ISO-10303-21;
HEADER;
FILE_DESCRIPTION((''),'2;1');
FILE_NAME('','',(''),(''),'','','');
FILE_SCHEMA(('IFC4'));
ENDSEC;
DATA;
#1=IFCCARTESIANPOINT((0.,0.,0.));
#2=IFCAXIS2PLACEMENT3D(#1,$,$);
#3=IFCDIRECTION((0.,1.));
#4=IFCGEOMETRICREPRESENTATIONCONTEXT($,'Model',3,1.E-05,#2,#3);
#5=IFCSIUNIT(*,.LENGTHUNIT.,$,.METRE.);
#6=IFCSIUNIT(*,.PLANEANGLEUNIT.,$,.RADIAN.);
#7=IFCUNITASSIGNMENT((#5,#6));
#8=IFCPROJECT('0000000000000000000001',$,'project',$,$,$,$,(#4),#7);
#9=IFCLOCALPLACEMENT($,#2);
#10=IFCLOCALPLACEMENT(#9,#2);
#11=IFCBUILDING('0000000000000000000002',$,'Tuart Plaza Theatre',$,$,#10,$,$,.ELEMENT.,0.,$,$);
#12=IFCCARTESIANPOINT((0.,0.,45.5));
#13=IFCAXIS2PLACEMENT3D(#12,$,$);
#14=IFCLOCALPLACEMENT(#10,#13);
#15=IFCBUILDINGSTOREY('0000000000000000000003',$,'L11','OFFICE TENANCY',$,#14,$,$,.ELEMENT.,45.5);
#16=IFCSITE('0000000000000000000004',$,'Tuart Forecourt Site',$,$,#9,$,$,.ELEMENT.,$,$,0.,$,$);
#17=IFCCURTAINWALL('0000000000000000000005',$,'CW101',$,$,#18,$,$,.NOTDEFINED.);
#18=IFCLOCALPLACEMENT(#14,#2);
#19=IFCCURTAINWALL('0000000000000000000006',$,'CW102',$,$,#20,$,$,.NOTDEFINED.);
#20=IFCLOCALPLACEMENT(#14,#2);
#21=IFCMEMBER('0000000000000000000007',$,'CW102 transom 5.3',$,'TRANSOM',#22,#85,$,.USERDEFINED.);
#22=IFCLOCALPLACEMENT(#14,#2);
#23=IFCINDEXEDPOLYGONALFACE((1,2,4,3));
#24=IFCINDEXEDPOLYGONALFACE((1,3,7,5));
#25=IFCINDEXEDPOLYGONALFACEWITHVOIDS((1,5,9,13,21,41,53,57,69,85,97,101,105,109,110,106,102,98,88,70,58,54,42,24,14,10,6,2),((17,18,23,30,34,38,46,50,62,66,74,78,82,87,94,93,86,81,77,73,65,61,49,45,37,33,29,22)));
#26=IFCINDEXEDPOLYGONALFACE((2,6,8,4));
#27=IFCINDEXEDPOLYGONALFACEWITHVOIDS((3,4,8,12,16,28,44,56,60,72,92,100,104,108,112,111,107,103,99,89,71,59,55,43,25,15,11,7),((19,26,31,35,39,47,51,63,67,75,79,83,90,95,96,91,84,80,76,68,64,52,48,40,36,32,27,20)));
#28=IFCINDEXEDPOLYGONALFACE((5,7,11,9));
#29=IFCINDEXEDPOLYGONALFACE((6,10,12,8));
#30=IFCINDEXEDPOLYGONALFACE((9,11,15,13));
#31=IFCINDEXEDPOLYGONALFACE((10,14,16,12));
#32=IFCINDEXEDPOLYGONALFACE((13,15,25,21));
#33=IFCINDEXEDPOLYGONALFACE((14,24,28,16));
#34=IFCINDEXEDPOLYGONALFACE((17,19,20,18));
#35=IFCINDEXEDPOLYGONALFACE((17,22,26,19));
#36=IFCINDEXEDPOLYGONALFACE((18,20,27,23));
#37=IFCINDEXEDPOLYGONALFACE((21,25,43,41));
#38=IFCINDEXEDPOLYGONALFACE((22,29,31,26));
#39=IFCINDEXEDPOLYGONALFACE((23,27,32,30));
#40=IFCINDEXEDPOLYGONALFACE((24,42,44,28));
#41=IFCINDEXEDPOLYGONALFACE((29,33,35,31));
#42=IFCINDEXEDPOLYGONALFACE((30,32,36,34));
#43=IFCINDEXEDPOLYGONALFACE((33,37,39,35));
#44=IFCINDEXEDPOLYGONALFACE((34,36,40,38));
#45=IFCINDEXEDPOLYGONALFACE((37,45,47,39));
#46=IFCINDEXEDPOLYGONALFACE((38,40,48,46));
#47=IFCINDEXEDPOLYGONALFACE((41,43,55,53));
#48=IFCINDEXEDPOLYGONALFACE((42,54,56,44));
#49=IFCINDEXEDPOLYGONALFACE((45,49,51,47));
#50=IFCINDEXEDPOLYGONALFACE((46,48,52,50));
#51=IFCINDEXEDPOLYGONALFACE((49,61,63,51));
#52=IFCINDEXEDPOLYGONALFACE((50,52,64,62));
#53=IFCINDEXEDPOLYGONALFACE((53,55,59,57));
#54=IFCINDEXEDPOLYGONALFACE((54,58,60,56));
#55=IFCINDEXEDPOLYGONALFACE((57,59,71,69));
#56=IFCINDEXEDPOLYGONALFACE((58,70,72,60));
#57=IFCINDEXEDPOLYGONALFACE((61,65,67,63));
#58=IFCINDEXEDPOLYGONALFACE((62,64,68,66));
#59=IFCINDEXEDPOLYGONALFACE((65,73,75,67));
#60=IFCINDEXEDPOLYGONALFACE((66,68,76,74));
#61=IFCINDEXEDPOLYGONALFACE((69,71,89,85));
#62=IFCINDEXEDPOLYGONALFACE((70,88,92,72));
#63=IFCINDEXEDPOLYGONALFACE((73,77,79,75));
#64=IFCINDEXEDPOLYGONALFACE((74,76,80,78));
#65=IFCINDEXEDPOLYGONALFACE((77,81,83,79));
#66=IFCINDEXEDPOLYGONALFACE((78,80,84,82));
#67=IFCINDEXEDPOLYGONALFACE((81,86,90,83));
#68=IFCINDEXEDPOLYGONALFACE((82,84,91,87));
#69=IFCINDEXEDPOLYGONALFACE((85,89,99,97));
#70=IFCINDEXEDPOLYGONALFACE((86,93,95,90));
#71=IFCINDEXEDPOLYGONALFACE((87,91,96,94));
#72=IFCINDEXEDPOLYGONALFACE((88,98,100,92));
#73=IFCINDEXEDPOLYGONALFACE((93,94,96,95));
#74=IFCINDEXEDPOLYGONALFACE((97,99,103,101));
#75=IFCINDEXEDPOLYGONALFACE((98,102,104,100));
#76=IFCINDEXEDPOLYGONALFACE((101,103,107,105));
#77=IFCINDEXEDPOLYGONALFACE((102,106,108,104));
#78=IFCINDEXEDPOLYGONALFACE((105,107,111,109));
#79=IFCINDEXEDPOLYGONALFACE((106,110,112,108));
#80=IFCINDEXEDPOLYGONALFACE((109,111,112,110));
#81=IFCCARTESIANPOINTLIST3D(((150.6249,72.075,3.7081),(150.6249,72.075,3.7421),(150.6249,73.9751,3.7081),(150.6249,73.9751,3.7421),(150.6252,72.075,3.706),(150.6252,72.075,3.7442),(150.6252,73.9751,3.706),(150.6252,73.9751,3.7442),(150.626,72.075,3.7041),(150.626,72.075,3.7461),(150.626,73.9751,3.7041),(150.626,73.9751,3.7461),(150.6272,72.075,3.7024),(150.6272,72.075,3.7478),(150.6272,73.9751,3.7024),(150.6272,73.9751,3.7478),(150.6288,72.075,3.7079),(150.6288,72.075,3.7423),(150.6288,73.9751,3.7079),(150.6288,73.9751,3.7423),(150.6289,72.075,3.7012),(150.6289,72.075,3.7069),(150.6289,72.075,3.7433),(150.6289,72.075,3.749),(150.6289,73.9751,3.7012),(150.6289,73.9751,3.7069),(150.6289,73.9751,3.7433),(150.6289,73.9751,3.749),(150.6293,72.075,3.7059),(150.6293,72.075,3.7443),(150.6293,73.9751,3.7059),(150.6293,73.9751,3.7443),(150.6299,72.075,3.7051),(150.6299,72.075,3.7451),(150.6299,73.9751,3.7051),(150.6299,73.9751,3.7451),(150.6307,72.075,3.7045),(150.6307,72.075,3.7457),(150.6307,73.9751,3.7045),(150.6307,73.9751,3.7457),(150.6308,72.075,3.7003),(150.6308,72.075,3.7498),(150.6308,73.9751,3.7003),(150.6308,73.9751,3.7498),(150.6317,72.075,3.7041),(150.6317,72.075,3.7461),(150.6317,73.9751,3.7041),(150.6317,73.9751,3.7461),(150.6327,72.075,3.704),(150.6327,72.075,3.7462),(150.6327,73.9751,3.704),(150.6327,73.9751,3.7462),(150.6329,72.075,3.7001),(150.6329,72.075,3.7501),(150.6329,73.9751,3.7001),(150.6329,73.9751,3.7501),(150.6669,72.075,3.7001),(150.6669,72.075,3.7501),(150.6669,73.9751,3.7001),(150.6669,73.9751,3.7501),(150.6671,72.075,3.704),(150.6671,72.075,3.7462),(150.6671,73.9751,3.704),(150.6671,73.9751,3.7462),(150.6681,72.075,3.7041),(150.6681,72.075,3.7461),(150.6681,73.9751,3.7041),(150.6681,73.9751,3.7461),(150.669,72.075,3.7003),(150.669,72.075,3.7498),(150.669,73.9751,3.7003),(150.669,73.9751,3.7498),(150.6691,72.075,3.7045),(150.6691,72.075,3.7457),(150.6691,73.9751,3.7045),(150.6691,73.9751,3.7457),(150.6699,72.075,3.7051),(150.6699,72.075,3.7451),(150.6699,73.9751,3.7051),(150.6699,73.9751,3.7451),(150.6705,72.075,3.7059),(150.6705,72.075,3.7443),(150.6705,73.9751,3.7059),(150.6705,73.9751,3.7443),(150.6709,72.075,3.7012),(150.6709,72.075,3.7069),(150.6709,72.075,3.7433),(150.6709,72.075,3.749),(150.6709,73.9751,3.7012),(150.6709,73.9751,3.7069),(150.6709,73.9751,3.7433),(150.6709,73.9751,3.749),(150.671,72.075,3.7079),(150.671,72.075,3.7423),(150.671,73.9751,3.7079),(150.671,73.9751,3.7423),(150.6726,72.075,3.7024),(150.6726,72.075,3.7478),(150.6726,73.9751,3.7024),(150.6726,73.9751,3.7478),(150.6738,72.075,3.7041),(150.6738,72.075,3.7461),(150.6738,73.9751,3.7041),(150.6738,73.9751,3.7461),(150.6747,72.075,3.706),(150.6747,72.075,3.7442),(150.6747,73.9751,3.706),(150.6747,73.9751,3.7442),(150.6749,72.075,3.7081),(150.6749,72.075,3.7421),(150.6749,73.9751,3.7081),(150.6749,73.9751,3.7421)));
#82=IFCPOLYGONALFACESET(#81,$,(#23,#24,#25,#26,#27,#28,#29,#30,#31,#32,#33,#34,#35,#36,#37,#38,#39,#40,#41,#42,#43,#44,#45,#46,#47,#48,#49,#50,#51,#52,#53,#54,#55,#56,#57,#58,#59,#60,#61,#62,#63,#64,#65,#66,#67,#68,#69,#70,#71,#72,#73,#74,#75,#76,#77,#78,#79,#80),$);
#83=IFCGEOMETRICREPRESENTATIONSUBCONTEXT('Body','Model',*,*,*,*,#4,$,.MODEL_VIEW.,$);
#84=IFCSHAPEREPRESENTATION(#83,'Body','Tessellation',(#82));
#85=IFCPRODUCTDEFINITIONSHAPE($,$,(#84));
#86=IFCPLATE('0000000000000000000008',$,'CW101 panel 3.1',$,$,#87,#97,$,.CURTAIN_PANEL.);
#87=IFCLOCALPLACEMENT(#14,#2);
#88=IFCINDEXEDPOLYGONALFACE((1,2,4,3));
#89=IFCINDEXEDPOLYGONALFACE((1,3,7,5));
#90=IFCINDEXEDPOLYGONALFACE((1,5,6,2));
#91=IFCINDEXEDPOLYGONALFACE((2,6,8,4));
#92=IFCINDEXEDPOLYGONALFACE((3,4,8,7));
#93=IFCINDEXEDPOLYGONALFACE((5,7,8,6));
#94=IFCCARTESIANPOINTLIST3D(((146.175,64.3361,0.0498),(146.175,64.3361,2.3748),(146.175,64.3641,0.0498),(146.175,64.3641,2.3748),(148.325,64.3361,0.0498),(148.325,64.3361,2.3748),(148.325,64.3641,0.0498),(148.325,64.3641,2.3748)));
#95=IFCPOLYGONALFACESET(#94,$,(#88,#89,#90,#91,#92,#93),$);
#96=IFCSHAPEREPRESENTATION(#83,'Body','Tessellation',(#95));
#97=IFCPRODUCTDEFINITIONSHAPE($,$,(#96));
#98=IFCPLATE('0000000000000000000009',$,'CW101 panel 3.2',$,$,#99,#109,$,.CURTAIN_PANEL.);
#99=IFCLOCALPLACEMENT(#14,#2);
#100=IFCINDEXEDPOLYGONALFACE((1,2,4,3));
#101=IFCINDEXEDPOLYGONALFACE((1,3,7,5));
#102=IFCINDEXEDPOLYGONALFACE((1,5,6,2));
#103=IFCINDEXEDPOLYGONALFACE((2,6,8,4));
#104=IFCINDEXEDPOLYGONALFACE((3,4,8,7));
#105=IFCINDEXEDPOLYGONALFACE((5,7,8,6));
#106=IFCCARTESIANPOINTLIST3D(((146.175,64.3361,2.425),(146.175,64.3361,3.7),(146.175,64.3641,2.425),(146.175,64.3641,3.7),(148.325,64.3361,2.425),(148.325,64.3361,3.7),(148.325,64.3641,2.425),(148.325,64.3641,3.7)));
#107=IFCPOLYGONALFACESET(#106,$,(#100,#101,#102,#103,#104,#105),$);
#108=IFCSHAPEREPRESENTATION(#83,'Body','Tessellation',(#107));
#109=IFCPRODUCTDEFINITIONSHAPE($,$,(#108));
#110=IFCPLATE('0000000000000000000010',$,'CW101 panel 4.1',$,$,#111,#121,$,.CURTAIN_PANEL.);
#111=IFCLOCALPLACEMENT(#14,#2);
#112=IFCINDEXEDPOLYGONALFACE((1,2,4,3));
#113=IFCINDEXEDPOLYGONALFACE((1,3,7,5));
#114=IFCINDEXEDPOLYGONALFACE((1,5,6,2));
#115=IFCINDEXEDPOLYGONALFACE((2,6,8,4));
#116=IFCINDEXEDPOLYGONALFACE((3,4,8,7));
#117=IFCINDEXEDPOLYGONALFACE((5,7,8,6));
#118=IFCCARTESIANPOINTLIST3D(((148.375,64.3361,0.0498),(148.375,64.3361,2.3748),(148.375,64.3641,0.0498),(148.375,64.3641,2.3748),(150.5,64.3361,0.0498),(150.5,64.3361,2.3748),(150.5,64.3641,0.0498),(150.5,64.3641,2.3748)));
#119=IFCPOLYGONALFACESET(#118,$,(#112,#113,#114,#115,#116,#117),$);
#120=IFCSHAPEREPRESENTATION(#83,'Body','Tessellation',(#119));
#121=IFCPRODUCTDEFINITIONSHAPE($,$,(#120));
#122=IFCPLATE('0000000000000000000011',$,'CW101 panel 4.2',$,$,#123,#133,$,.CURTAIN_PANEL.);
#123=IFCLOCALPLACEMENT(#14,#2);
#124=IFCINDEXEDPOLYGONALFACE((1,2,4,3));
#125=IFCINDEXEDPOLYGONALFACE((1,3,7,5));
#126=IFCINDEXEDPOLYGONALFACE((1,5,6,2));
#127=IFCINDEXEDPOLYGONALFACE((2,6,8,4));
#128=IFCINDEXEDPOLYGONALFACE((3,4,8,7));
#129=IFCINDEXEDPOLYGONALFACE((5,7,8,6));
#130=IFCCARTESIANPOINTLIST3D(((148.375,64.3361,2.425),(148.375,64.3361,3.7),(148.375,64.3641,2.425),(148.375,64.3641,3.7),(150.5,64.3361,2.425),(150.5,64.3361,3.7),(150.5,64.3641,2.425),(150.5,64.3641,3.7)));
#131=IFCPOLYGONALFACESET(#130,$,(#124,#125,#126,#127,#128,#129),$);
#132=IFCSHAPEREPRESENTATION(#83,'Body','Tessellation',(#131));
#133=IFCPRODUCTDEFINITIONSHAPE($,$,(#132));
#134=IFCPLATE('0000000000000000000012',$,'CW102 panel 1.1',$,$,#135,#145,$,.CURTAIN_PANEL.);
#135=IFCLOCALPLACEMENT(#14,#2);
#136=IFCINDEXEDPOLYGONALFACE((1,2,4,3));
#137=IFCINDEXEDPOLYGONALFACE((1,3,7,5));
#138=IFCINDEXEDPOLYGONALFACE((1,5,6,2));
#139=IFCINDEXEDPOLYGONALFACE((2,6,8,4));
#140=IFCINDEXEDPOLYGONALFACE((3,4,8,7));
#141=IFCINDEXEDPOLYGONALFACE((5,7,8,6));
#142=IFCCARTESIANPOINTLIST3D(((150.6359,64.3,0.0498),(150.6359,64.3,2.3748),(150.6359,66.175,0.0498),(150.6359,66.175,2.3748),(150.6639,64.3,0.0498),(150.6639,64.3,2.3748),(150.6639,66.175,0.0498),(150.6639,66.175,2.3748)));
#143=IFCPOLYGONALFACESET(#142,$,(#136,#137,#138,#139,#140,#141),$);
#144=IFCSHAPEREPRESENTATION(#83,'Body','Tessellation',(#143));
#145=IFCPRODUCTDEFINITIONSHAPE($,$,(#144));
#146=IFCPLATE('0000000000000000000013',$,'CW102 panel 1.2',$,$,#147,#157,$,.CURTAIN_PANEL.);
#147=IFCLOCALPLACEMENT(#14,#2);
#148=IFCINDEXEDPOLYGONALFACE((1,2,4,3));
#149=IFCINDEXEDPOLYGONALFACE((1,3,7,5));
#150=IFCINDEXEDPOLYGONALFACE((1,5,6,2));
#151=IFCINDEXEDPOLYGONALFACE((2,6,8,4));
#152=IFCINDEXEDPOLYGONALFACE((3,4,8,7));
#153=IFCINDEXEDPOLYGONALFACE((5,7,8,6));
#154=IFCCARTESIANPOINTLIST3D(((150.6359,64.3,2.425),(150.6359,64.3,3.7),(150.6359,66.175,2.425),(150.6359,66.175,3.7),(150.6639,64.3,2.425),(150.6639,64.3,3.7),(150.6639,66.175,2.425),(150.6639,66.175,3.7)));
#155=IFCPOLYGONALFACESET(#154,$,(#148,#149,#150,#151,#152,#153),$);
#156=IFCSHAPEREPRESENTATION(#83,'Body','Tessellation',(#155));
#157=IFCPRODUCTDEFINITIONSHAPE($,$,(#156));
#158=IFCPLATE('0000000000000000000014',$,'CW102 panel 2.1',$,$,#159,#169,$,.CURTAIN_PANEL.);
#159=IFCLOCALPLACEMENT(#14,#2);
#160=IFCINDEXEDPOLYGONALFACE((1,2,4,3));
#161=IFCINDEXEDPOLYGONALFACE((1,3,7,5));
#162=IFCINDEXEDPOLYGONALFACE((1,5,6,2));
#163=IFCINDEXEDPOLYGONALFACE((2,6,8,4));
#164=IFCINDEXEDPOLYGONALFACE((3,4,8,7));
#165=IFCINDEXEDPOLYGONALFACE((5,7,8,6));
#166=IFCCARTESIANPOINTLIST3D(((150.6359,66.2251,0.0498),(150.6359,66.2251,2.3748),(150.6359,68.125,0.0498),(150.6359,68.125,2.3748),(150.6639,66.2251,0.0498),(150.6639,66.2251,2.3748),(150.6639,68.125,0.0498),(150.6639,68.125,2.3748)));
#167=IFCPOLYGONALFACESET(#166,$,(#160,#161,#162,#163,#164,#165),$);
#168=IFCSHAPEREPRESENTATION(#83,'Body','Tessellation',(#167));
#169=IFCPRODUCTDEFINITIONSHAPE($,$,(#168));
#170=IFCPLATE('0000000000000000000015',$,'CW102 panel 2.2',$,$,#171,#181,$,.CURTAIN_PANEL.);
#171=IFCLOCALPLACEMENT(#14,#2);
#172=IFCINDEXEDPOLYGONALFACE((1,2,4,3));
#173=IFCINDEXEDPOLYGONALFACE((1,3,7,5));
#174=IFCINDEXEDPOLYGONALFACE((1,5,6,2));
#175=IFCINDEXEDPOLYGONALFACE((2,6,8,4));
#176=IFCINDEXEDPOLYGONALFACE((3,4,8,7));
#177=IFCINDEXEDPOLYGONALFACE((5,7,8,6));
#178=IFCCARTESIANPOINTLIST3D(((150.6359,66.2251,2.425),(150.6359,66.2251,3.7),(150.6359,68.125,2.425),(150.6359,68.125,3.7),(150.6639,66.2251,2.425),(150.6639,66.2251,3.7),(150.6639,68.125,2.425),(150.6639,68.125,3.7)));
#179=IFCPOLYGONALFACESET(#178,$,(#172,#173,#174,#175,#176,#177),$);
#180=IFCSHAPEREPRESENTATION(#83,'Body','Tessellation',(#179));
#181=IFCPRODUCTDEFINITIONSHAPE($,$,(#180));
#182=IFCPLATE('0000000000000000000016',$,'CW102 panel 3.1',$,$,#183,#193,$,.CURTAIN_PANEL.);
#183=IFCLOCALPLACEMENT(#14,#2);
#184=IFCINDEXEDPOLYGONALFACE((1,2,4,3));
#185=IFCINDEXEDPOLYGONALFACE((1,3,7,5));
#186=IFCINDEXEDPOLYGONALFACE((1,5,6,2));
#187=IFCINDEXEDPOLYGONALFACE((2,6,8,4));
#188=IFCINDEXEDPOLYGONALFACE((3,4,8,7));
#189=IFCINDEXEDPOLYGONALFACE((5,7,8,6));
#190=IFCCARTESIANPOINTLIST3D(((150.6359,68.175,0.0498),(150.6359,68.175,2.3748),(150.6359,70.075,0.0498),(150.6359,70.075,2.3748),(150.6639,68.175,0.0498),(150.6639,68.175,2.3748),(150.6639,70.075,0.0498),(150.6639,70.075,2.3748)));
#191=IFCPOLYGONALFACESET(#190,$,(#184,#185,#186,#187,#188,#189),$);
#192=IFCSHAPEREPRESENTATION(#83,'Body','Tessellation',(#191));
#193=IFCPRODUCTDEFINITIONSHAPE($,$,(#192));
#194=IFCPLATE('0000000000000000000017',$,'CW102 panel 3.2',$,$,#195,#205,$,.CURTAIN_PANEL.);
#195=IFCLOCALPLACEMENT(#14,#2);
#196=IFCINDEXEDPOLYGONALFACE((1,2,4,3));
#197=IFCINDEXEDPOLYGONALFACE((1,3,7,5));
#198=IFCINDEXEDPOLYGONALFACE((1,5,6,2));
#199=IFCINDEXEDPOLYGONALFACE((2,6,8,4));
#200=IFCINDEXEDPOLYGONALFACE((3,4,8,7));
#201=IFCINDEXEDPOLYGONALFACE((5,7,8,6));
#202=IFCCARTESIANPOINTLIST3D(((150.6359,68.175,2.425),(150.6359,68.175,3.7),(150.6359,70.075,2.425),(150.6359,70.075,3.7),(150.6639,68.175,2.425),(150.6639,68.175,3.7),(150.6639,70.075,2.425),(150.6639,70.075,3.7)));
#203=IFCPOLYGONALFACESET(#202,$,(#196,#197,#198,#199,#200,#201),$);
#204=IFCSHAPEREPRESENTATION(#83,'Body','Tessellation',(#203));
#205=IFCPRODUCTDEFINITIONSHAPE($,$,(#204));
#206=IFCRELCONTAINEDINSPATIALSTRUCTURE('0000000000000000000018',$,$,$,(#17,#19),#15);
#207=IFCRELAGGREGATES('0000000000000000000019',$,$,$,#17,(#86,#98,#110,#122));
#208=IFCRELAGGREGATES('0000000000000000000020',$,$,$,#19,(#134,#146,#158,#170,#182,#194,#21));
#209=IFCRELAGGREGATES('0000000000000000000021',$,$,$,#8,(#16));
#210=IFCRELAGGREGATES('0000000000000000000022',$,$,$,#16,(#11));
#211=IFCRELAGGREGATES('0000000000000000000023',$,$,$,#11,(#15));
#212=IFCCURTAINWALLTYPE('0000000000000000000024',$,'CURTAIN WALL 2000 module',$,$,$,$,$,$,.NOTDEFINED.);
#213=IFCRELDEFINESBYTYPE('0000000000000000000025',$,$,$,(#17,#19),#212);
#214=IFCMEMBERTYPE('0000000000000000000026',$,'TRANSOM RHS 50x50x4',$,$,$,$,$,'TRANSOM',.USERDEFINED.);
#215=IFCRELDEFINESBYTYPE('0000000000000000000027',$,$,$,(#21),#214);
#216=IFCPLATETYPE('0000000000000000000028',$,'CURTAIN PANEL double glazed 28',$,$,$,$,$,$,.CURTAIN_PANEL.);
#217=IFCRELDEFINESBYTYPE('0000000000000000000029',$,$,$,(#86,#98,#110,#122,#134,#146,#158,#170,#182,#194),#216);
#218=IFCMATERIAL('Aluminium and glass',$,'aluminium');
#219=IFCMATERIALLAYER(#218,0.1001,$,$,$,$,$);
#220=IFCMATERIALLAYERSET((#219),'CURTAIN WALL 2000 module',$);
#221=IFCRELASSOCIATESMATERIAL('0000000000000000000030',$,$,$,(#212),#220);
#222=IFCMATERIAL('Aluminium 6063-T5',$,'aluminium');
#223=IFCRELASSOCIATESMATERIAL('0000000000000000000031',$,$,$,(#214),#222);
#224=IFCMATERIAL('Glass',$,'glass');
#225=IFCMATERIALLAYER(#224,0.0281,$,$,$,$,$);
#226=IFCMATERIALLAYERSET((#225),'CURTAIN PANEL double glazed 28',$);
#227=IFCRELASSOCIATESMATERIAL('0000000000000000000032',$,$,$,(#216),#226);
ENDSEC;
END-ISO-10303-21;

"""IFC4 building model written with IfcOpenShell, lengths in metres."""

from ifc_helpers import new_model, si_unit, direction, frame, origin, origin_2d, place, context, subcontext, project, spatial, rectangle, hollow_rectangle, extrude, material, layer, layer_set, material_profile, profile_set, type_object, element, aggregate, save


model = new_model("IFC4")

# Units and contexts
model_context = context("Model", 3, precision=1e-05, world=origin(), true_north=direction((0.0, 1.0)))
body_context = subcontext(model_context, "Body", "Model", "MODEL_VIEW")
ifc_project = project(units=[si_unit("LENGTHUNIT", "METRE"), si_unit("PLANEANGLEUNIT", "RADIAN")], contexts=[model_context])

# Site, building, storey
site_placement = place(None, origin())
site = spatial("IfcSite", under=ifc_project, at=site_placement, Name="Tuart Forecourt Site", CompositionType="ELEMENT", RefElevation=0.0)
building_placement = place(site_placement, origin())
building = spatial("IfcBuilding", under=site, at=building_placement, Name="Tuart Plaza Theatre", CompositionType="ELEMENT", ElevationOfRefHeight=0.0)
storey_placement = place(building_placement, frame((0.0, 0.0, 45.5)))
storey = spatial("IfcBuildingStorey", under=building, at=storey_placement, Name="L11", Description="OFFICE TENANCY", CompositionType="ELEMENT", Elevation=45.5)

# Shared definitions
ifc_material_1 = material(Name="Aluminium and glass", Category="aluminium")
ifc_layer_1 = layer(ifc_material_1, 0.1001)
ifc_layer_set_1 = layer_set([ifc_layer_1], Name="CURTAIN WALL 2000 module")
curtain_wall_type = type_object("IfcCurtainWallType", Name="CURTAIN WALL 2000 module", PredefinedType="NOTDEFINED", material=ifc_layer_set_1)

# Curtain walls
curtain_wall_1_placement = place(storey_placement, origin())
curtain_wall_1 = element("IfcCurtainWall", 1, at=curtain_wall_1_placement, inside=storey, type_object=curtain_wall_type, Name="CW101", PredefinedType="NOTDEFINED")
curtain_wall_2_placement = place(storey_placement, origin())
curtain_wall_2 = element("IfcCurtainWall", 2, at=curtain_wall_2_placement, inside=storey, type_object=curtain_wall_type, Name="CW102", PredefinedType="NOTDEFINED")

# Member
ifc_material_2 = material(Name="Aluminium 6063-T5", Category="aluminium")
ifc_material_profile_1 = material_profile(ifc_material_2, hollow_rectangle(XDim=0.05, YDim=0.05, WallThickness=0.0039, InnerFilletRadius=0.0039, OuterFilletRadius=0.0081, at=origin_2d()), Name="RHS 50x50x4")
ifc_profile_set_1 = profile_set([ifc_material_profile_1], Name="Aluminium 6063-T5")
member_type_1 = type_object("IfcMemberType", Name="TRANSOM RHS 50x50x4", ElementType="TRANSOM", PredefinedType="USERDEFINED", material=ifc_profile_set_1)
member_1_placement = place(storey_placement, frame((150.6499, 72.075, 3.7251), z_axis=(0.0, 1.0, 0.0), x_axis=(-1.0, 0.0, 0.0)))
member_1 = element("IfcMember", 3, at=member_1_placement, type_object=member_type_1, Name="CW102 transom 5.3", ObjectType="TRANSOM", PredefinedType="USERDEFINED", context=body_context, shape_type="SweptSolid", body=[
    extrude(hollow_rectangle(XDim=0.05, YDim=0.05, WallThickness=0.0039, InnerFilletRadius=0.0039, OuterFilletRadius=0.0081, at=origin_2d()), origin(), (0.0, 0.0, 1.0), 1.9001),
])

# Plates
ifc_material_3 = material(Name="Glass", Category="glass")
ifc_layer_2 = layer(ifc_material_3, 0.0281)
ifc_layer_set_2 = layer_set([ifc_layer_2], Name="CURTAIN PANEL double glazed 28")
plate_type = type_object("IfcPlateType", Name="CURTAIN PANEL double glazed 28", PredefinedType="CURTAIN_PANEL", material=ifc_layer_set_2)
plate_1_placement = place(storey_placement, frame((147.25, 64.3501, 0.0498), z_axis=(0.0, 0.0, 1.0), x_axis=(1.0, 0.0, 0.0)))
plate_1 = element("IfcPlate", 4, at=plate_1_placement, type_object=plate_type, Name="CW101 panel 3.1", PredefinedType="CURTAIN_PANEL", context=body_context, shape_type="SweptSolid", body=[
    extrude(rectangle(XDim=2.1499, YDim=0.0281, at=origin_2d()), origin(), (0.0, 0.0, 1.0), 2.325),
])
plate_2_placement = place(storey_placement, frame((147.25, 64.3501, 2.425), z_axis=(0.0, 0.0, 1.0), x_axis=(1.0, 0.0, 0.0)))
plate_2 = element("IfcPlate", 5, at=plate_2_placement, type_object=plate_type, Name="CW101 panel 3.2", PredefinedType="CURTAIN_PANEL", context=body_context, shape_type="SweptSolid", body=[
    extrude(rectangle(XDim=2.1499, YDim=0.0281, at=origin_2d()), origin(), (0.0, 0.0, 1.0), 1.2749),
])
plate_3_placement = place(storey_placement, frame((149.4375, 64.3501, 0.0498), z_axis=(0.0, 0.0, 1.0), x_axis=(1.0, 0.0, 0.0)))
plate_3 = element("IfcPlate", 6, at=plate_3_placement, type_object=plate_type, Name="CW101 panel 4.1", PredefinedType="CURTAIN_PANEL", context=body_context, shape_type="SweptSolid", body=[
    extrude(rectangle(XDim=2.125, YDim=0.0281, at=origin_2d()), origin(), (0.0, 0.0, 1.0), 2.325),
])
plate_4_placement = place(storey_placement, frame((149.4375, 64.3501, 2.425), z_axis=(0.0, 0.0, 1.0), x_axis=(1.0, 0.0, 0.0)))
plate_4 = element("IfcPlate", 7, at=plate_4_placement, type_object=plate_type, Name="CW101 panel 4.2", PredefinedType="CURTAIN_PANEL", context=body_context, shape_type="SweptSolid", body=[
    extrude(rectangle(XDim=2.125, YDim=0.0281, at=origin_2d()), origin(), (0.0, 0.0, 1.0), 1.2749),
])
aggregate(curtain_wall_1, [plate_1, plate_2, plate_3, plate_4])
plate_5_placement = place(storey_placement, frame((150.6499, 65.2375, 0.0498), z_axis=(0.0, 0.0, 1.0), x_axis=(0.0, 1.0, 0.0)))
plate_5 = element("IfcPlate", 8, at=plate_5_placement, type_object=plate_type, Name="CW102 panel 1.1", PredefinedType="CURTAIN_PANEL", context=body_context, shape_type="SweptSolid", body=[
    extrude(rectangle(XDim=1.875, YDim=0.0281, at=origin_2d()), origin(), (0.0, 0.0, 1.0), 2.325),
])
plate_6_placement = place(storey_placement, frame((150.6499, 65.2375, 2.425), z_axis=(0.0, 0.0, 1.0), x_axis=(0.0, 1.0, 0.0)))
plate_6 = element("IfcPlate", 9, at=plate_6_placement, type_object=plate_type, Name="CW102 panel 1.2", PredefinedType="CURTAIN_PANEL", context=body_context, shape_type="SweptSolid", body=[
    extrude(rectangle(XDim=1.875, YDim=0.0281, at=origin_2d()), origin(), (0.0, 0.0, 1.0), 1.2749),
])
plate_7_placement = place(storey_placement, frame((150.6499, 67.175, 0.0498), z_axis=(0.0, 0.0, 1.0), x_axis=(0.0, 1.0, 0.0)))
plate_7 = element("IfcPlate", 10, at=plate_7_placement, type_object=plate_type, Name="CW102 panel 2.1", PredefinedType="CURTAIN_PANEL", context=body_context, shape_type="SweptSolid", body=[
    extrude(rectangle(XDim=1.8999, YDim=0.0281, at=origin_2d()), origin(), (0.0, 0.0, 1.0), 2.325),
])
plate_8_placement = place(storey_placement, frame((150.6499, 67.175, 2.425), z_axis=(0.0, 0.0, 1.0), x_axis=(0.0, 1.0, 0.0)))
plate_8 = element("IfcPlate", 11, at=plate_8_placement, type_object=plate_type, Name="CW102 panel 2.2", PredefinedType="CURTAIN_PANEL", context=body_context, shape_type="SweptSolid", body=[
    extrude(rectangle(XDim=1.8999, YDim=0.0281, at=origin_2d()), origin(), (0.0, 0.0, 1.0), 1.2749),
])
plate_9_placement = place(storey_placement, frame((150.6499, 69.125, 0.0498), z_axis=(0.0, 0.0, 1.0), x_axis=(0.0, 1.0, 0.0)))
plate_9 = element("IfcPlate", 12, at=plate_9_placement, type_object=plate_type, Name="CW102 panel 3.1", PredefinedType="CURTAIN_PANEL", context=body_context, shape_type="SweptSolid", body=[
    extrude(rectangle(XDim=1.8999, YDim=0.0281, at=origin_2d()), origin(), (0.0, 0.0, 1.0), 2.325),
])
plate_10_placement = place(storey_placement, frame((150.6499, 69.125, 2.425), z_axis=(0.0, 0.0, 1.0), x_axis=(0.0, 1.0, 0.0)))
plate_10 = element("IfcPlate", 13, at=plate_10_placement, type_object=plate_type, Name="CW102 panel 3.2", PredefinedType="CURTAIN_PANEL", context=body_context, shape_type="SweptSolid", body=[
    extrude(rectangle(XDim=1.8999, YDim=0.0281, at=origin_2d()), origin(), (0.0, 0.0, 1.0), 1.2749),
])
aggregate(curtain_wall_2, [plate_5, plate_6, plate_7, plate_8, plate_9, plate_10, member_1])

save(model, "model.ifc")
